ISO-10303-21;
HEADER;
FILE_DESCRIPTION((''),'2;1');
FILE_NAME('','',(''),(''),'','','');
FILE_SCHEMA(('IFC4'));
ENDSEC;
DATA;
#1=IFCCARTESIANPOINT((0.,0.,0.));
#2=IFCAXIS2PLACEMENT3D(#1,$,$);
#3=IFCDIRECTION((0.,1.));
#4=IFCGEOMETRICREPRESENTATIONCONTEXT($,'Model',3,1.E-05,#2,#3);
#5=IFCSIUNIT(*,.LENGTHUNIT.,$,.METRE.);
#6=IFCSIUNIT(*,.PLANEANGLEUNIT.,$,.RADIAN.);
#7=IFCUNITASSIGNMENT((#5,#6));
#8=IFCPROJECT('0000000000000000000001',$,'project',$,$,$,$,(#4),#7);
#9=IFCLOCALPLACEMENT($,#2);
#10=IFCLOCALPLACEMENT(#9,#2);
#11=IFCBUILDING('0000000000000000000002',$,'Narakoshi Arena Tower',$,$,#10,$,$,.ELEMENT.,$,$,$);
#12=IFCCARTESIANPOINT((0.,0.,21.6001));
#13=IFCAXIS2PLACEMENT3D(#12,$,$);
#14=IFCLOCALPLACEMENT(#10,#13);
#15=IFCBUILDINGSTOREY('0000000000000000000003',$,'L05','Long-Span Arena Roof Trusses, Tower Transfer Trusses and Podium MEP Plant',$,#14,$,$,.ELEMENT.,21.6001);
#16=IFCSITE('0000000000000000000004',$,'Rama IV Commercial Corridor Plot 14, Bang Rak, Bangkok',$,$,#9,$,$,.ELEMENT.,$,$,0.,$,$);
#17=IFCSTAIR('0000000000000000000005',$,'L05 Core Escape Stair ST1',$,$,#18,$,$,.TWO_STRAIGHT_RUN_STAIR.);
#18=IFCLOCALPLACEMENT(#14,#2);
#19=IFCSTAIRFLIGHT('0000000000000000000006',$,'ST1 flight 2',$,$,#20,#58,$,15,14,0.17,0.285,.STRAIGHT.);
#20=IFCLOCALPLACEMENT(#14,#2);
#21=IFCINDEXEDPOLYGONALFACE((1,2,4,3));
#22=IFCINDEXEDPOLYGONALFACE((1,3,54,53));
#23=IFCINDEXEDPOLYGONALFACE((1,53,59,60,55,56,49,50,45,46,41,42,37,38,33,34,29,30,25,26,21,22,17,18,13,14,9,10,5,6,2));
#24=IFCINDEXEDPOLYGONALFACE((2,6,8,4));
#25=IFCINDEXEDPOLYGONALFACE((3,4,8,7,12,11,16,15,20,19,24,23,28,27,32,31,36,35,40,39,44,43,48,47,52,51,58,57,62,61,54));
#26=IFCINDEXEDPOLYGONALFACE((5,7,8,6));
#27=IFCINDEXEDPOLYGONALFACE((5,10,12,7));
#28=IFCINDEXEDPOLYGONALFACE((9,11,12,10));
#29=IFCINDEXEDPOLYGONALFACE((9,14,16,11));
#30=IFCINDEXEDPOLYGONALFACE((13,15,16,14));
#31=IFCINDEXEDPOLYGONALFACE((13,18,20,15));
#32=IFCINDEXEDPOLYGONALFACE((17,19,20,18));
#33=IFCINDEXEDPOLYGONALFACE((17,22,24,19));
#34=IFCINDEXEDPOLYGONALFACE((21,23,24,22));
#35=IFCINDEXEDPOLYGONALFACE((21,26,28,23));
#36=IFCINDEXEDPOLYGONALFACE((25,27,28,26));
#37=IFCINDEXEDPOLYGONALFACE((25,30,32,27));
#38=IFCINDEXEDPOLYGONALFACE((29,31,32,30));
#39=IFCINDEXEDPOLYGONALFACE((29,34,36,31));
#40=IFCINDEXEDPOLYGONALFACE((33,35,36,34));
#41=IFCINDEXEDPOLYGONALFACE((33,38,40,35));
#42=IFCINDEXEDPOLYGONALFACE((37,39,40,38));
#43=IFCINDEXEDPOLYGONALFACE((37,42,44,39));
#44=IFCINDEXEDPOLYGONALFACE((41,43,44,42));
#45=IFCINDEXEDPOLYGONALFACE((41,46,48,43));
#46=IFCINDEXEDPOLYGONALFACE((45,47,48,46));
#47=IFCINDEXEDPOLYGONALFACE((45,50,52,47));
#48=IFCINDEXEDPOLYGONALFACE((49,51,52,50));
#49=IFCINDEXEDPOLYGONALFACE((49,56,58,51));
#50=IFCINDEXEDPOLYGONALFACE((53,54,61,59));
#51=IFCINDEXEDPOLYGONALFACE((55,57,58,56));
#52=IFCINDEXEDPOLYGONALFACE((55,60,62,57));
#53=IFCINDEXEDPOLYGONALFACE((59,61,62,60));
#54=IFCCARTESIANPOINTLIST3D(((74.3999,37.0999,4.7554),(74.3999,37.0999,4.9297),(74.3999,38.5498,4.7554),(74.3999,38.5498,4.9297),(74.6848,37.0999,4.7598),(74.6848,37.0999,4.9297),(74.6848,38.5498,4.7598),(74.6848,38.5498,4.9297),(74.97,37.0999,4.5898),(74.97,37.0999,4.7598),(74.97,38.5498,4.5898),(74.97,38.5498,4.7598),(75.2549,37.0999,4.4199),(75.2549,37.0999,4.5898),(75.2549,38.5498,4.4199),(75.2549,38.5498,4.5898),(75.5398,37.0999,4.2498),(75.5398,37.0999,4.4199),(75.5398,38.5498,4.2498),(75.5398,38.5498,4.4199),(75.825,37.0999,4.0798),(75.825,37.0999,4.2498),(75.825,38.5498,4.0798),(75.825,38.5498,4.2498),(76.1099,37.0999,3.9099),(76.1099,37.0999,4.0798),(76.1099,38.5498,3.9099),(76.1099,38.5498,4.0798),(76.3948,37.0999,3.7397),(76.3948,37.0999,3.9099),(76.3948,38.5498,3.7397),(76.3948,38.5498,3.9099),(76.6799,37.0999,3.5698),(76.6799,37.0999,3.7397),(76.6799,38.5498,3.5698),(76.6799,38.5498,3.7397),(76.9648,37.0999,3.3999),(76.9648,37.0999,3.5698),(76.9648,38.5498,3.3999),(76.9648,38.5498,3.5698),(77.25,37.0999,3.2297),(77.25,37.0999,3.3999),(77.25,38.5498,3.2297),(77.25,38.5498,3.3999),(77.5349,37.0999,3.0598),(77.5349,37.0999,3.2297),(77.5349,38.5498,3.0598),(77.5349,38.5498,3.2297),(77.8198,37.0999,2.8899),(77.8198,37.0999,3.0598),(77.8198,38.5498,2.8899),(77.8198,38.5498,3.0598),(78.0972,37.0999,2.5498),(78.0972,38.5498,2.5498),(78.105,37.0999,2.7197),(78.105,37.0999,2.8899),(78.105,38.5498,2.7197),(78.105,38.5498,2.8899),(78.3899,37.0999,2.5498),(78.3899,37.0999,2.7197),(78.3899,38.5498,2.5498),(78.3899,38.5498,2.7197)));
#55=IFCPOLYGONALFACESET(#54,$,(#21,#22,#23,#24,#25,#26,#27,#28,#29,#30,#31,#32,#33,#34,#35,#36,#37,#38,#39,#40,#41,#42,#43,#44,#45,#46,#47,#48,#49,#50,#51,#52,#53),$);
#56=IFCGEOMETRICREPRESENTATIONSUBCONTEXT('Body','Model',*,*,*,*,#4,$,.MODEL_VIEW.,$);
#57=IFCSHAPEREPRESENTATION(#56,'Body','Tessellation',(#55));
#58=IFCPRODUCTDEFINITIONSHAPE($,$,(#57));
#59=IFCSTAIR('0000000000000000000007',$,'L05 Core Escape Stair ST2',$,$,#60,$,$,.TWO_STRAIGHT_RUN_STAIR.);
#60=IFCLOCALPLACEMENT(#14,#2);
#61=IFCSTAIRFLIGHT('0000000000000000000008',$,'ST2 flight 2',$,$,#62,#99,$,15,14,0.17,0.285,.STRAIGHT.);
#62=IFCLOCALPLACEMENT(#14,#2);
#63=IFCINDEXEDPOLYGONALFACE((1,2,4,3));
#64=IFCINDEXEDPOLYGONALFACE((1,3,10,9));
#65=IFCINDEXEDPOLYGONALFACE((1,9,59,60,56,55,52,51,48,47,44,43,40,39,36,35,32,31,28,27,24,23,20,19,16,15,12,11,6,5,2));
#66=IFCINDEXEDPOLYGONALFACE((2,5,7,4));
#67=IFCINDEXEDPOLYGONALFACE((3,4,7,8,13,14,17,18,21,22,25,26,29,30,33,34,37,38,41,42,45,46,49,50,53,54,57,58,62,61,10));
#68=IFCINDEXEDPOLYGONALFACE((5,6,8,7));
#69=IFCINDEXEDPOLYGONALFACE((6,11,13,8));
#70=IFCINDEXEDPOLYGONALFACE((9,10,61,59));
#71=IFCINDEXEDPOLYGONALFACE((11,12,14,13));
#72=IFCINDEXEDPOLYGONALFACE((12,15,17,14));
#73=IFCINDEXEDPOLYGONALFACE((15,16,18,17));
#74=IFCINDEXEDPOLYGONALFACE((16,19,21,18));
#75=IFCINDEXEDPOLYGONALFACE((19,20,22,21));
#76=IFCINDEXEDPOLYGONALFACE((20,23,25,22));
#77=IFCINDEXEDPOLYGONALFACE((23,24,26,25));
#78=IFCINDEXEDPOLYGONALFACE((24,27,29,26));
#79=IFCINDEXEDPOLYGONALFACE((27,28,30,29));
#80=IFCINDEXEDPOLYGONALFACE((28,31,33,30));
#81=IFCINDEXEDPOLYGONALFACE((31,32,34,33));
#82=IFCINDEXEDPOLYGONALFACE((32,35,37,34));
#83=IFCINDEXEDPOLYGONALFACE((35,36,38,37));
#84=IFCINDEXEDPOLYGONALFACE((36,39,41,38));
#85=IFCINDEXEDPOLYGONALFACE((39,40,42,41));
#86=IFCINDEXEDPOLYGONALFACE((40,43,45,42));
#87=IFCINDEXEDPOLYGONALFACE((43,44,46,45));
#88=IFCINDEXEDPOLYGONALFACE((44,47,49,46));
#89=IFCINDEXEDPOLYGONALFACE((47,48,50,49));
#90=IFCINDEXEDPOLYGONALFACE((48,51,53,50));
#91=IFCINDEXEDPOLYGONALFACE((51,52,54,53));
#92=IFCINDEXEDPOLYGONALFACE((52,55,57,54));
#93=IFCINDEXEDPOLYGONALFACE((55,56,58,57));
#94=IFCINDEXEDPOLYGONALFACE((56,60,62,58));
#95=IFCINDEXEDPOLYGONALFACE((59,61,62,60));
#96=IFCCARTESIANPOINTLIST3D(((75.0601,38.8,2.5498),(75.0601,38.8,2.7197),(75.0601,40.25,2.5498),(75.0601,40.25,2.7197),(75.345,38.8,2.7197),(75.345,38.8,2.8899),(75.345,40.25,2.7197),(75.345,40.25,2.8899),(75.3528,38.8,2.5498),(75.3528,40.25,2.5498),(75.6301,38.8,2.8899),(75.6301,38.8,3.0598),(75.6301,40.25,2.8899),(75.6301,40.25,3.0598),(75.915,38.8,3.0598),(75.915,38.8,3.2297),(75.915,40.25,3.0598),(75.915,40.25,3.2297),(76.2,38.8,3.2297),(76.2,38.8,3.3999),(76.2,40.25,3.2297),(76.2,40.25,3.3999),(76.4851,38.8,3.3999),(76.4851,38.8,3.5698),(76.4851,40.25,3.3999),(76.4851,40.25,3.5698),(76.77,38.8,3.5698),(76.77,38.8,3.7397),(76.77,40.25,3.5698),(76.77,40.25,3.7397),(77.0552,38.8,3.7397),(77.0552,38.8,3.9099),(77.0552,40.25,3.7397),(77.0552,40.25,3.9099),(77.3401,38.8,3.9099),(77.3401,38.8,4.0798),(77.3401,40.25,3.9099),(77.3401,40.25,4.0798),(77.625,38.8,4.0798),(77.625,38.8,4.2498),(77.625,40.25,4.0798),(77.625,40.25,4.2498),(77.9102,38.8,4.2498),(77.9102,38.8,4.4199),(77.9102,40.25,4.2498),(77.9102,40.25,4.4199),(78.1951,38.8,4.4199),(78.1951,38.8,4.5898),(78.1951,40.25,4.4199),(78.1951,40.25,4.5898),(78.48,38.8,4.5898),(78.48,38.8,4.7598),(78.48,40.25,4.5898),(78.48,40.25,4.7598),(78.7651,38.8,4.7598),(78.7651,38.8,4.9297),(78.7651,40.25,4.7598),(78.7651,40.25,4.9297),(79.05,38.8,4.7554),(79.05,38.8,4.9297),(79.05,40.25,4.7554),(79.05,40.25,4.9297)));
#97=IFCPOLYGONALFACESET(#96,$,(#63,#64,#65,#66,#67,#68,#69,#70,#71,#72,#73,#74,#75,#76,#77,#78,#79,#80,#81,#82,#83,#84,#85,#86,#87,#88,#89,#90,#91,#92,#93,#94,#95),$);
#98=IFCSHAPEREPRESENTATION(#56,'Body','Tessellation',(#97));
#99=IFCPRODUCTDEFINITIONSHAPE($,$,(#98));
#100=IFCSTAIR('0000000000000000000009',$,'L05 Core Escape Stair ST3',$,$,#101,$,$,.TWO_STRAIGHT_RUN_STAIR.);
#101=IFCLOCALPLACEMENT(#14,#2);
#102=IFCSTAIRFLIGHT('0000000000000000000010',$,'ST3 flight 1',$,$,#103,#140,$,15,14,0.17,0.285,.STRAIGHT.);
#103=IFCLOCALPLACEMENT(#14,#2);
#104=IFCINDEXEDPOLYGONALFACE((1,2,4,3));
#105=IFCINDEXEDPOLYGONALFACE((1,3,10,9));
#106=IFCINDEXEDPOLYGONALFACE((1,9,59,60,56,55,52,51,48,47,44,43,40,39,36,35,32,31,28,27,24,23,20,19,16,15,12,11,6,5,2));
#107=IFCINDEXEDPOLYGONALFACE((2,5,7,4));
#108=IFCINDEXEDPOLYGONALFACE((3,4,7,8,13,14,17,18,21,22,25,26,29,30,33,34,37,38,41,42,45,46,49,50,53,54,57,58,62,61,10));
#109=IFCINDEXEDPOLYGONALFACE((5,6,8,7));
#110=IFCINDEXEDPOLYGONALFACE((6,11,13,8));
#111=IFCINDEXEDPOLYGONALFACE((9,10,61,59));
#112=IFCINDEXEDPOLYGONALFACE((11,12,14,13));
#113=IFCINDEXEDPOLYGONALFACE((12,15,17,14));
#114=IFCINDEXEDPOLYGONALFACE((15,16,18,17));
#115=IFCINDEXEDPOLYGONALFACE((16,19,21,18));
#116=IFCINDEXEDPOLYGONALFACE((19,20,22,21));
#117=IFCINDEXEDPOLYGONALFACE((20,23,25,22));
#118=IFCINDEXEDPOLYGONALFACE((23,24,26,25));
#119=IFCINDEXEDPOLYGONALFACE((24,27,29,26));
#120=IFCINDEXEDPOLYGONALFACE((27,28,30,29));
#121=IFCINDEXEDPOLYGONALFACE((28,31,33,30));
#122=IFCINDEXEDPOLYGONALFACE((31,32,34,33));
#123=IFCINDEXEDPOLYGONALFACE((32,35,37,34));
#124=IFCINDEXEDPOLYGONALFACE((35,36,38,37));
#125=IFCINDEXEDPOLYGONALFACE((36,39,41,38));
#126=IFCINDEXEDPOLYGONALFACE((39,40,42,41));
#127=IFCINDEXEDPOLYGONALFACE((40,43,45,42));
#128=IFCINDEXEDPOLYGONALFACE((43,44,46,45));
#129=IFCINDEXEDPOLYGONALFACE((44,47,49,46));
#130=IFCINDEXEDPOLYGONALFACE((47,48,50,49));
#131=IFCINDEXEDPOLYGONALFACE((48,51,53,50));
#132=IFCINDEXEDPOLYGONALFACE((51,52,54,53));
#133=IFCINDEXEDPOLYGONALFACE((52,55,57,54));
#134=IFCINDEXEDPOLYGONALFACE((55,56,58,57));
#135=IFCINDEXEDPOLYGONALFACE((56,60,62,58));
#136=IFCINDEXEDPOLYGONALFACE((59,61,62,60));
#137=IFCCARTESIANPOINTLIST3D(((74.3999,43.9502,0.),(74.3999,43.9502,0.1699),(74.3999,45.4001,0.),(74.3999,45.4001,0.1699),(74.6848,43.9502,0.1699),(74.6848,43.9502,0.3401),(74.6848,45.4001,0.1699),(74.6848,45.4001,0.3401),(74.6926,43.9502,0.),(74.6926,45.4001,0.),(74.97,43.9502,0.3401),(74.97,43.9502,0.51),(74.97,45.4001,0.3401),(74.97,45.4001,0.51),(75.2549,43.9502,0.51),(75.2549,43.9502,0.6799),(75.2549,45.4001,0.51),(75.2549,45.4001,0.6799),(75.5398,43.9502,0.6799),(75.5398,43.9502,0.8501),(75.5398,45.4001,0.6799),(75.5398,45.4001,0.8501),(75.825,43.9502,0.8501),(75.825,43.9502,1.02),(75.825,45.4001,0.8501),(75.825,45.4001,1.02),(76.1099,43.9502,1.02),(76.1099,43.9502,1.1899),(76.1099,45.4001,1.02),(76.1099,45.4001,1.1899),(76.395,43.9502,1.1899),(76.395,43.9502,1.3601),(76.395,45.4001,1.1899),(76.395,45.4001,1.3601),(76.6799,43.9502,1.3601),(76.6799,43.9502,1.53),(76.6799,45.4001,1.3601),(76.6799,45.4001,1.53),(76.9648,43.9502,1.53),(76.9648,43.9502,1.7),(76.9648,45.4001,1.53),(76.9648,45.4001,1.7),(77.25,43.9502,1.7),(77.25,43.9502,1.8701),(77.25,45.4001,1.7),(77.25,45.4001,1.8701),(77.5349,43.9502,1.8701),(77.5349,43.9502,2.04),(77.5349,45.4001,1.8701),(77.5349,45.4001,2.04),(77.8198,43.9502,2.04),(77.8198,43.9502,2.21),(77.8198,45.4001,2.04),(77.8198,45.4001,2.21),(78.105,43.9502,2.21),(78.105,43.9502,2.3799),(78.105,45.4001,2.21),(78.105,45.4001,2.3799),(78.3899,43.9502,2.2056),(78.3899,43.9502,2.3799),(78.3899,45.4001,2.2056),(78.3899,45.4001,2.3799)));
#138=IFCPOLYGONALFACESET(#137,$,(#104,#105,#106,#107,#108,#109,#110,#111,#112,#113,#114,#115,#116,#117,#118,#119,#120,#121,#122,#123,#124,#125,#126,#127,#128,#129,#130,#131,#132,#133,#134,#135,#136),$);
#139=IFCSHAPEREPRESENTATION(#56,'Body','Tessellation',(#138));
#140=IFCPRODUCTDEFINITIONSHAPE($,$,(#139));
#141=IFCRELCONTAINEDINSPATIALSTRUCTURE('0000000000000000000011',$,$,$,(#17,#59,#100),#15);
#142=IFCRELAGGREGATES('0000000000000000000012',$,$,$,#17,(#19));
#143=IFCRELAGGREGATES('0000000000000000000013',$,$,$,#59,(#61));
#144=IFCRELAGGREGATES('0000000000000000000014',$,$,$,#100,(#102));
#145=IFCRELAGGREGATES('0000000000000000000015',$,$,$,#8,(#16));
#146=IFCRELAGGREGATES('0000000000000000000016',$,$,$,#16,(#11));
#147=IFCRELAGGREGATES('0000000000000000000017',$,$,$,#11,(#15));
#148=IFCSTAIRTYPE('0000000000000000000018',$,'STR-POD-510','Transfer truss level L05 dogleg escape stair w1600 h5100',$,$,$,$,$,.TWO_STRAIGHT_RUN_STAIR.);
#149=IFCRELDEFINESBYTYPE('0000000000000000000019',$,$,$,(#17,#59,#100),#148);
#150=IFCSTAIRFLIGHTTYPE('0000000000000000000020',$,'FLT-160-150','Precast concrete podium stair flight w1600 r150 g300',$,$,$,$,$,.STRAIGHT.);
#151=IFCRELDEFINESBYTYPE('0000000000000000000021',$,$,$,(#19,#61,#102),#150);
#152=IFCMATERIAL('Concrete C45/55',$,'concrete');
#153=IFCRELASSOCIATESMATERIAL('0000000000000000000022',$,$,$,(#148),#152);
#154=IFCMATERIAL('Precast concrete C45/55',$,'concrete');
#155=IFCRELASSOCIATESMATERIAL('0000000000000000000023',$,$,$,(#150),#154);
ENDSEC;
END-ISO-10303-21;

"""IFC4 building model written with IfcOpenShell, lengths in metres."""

from ifc_helpers import new_model, si_unit, direction, frame, origin, place, context, subcontext, project, spatial, polyline, outline, extrude, material, type_object, element, aggregate, save


model = new_model("IFC4")

# Units and contexts
model_context = context("Model", 3, precision=1e-05, world=origin(), true_north=direction((0.0, 1.0)))
body_context = subcontext(model_context, "Body", "Model", "MODEL_VIEW")
ifc_project = project(units=[si_unit("LENGTHUNIT", "METRE"), si_unit("PLANEANGLEUNIT", "RADIAN")], contexts=[model_context])

# Site, building, storey
site_placement = place(None, origin())
site = spatial("IfcSite", under=ifc_project, at=site_placement, Name="Rama IV Commercial Corridor Plot 14, Bang Rak, Bangkok", CompositionType="ELEMENT", RefElevation=0.0)
building_placement = place(site_placement, origin())
building = spatial("IfcBuilding", under=site, at=building_placement, Name="Narakoshi Arena Tower", CompositionType="ELEMENT")
storey_placement = place(building_placement, frame((0.0, 0.0, 21.6001)))
storey = spatial("IfcBuildingStorey", under=building, at=storey_placement, Name="L05", Description="Long-Span Arena Roof Trusses, Tower Transfer Trusses and Podium MEP Plant", CompositionType="ELEMENT", Elevation=21.6001)

# Stair, stair flight
ifc_material_1 = material(Name="Concrete C45/55", Category="concrete")
stair_type = type_object("IfcStairType", Name="STR-POD-510", Description="Transfer truss level L05 dogleg escape stair w1600 h5100", PredefinedType="TWO_STRAIGHT_RUN_STAIR", material=ifc_material_1)
stair_1_placement = place(storey_placement, origin())
stair_1 = element("IfcStair", 1, at=stair_1_placement, inside=storey, type_object=stair_type, Name="L05 Core Escape Stair ST1", PredefinedType="TWO_STRAIGHT_RUN_STAIR")
ifc_material_2 = material(Name="Precast concrete C45/55", Category="concrete")
stair_flight_type = type_object("IfcStairFlightType", Name="FLT-160-150", Description="Precast concrete podium stair flight w1600 r150 g300", PredefinedType="STRAIGHT", material=ifc_material_2)
stair_flight_1_placement = place(storey_placement, frame((78.3899, 37.825, 2.5498), z_axis=(0.0, 0.0, 1.0), x_axis=(-1.0, 0.0, 0.0)))
stair_flight_1 = element("IfcStairFlight", 2, at=stair_flight_1_placement, type_object=stair_flight_type, Name="ST1 flight 2", NumberOfRisers=15, NumberOfTreads=14, PredefinedType="STRAIGHT", RiserHeight=0.17, TreadLength=0.285, context=body_context, shape_type="SweptSolid", body=[
    extrude(outline(polyline([(0.0, 0.0), (0.0, 0.1699), (0.2849, 0.1699), (0.2849, 0.3401), (0.5701, 0.3401), (0.5701, 0.51), (0.855, 0.51), (0.855, 0.6799), (1.1399, 0.6799), (1.1399, 0.8501), (1.425, 0.8501), (1.425, 1.02), (1.71, 1.02), (1.71, 1.1899), (1.9951, 1.1899), (1.9951, 1.3601), (2.28, 1.3601), (2.28, 1.53), (2.5649, 1.53), (2.5649, 1.7), (2.8501, 1.7), (2.8501, 1.8701), (3.135, 1.8701), (3.135, 2.04), (3.4199, 2.04), (3.4199, 2.21), (3.7051, 2.21), (3.7051, 2.3799), (3.99, 2.3799), (3.99, 2.55), (3.99, 2.2056), (0.2927, 0.0), (0.0, 0.0)])), frame((0.0, 0.7251, 0.0), z_axis=(0.0, -1.0, 0.0), x_axis=(1.0, 0.0, 0.0)), (0.0, 0.0, 1.0), 1.45),
])
aggregate(stair_1, [stair_flight_1])

# Stairs, stair flights
stair_2_placement = place(storey_placement, origin())
stair_2 = element("IfcStair", 3, at=stair_2_placement, inside=storey, type_object=stair_type, Name="L05 Core Escape Stair ST2", PredefinedType="TWO_STRAIGHT_RUN_STAIR")
stair_flight_2_placement = place(storey_placement, frame((75.0601, 39.5249, 2.5498), z_axis=(0.0, 0.0, 1.0), x_axis=(1.0, 0.0, 0.0)))
stair_flight_2 = element("IfcStairFlight", 4, at=stair_flight_2_placement, type_object=stair_flight_type, Name="ST2 flight 2", NumberOfRisers=15, NumberOfTreads=14, PredefinedType="STRAIGHT", RiserHeight=0.17, TreadLength=0.285, context=body_context, shape_type="SweptSolid", body=[
    extrude(outline(polyline([(0.0, 0.0), (0.0, 0.1699), (0.2849, 0.1699), (0.2849, 0.3401), (0.5701, 0.3401), (0.5701, 0.51), (0.855, 0.51), (0.855, 0.6799), (1.1399, 0.6799), (1.1399, 0.8501), (1.425, 0.8501), (1.425, 1.02), (1.71, 1.02), (1.71, 1.1899), (1.9951, 1.1899), (1.9951, 1.3601), (2.28, 1.3601), (2.28, 1.53), (2.5649, 1.53), (2.5649, 1.7), (2.8501, 1.7), (2.8501, 1.8701), (3.135, 1.8701), (3.135, 2.04), (3.4199, 2.04), (3.4199, 2.21), (3.7051, 2.21), (3.7051, 2.3799), (3.99, 2.3799), (3.99, 2.55), (3.99, 2.2056), (0.2927, 0.0), (0.0, 0.0)])), frame((0.0, 0.7251, 0.0), z_axis=(0.0, -1.0, 0.0), x_axis=(1.0, 0.0, 0.0)), (0.0, 0.0, 1.0), 1.45),
])
aggregate(stair_2, [stair_flight_2])
stair_3_placement = place(storey_placement, origin())
stair_3 = element("IfcStair", 5, at=stair_3_placement, inside=storey, type_object=stair_type, Name="L05 Core Escape Stair ST3", PredefinedType="TWO_STRAIGHT_RUN_STAIR")
stair_flight_3_placement = place(storey_placement, frame((74.3999, 44.675, 0.0), z_axis=(0.0, 0.0, 1.0), x_axis=(1.0, 0.0, 0.0)))
stair_flight_3 = element("IfcStairFlight", 6, at=stair_flight_3_placement, type_object=stair_flight_type, Name="ST3 flight 1", NumberOfRisers=15, NumberOfTreads=14, PredefinedType="STRAIGHT", RiserHeight=0.17, TreadLength=0.285, context=body_context, shape_type="SweptSolid", body=[
    extrude(outline(polyline([(0.0, 0.0), (0.0, 0.1699), (0.2849, 0.1699), (0.2849, 0.3401), (0.5701, 0.3401), (0.5701, 0.51), (0.855, 0.51), (0.855, 0.6799), (1.1399, 0.6799), (1.1399, 0.8501), (1.425, 0.8501), (1.425, 1.02), (1.71, 1.02), (1.71, 1.1899), (1.9951, 1.1899), (1.9951, 1.3601), (2.28, 1.3601), (2.28, 1.53), (2.5649, 1.53), (2.5649, 1.7), (2.8501, 1.7), (2.8501, 1.8701), (3.135, 1.8701), (3.135, 2.04), (3.4199, 2.04), (3.4199, 2.21), (3.7051, 2.21), (3.7051, 2.3799), (3.99, 2.3799), (3.99, 2.55), (3.99, 2.2056), (0.2927, 0.0), (0.0, 0.0)])), frame((0.0, 0.7251, 0.0), z_axis=(0.0, -1.0, 0.0), x_axis=(1.0, 0.0, 0.0)), (0.0, 0.0, 1.0), 1.45),
])
aggregate(stair_3, [stair_flight_3])

save(model, "model.ifc")
